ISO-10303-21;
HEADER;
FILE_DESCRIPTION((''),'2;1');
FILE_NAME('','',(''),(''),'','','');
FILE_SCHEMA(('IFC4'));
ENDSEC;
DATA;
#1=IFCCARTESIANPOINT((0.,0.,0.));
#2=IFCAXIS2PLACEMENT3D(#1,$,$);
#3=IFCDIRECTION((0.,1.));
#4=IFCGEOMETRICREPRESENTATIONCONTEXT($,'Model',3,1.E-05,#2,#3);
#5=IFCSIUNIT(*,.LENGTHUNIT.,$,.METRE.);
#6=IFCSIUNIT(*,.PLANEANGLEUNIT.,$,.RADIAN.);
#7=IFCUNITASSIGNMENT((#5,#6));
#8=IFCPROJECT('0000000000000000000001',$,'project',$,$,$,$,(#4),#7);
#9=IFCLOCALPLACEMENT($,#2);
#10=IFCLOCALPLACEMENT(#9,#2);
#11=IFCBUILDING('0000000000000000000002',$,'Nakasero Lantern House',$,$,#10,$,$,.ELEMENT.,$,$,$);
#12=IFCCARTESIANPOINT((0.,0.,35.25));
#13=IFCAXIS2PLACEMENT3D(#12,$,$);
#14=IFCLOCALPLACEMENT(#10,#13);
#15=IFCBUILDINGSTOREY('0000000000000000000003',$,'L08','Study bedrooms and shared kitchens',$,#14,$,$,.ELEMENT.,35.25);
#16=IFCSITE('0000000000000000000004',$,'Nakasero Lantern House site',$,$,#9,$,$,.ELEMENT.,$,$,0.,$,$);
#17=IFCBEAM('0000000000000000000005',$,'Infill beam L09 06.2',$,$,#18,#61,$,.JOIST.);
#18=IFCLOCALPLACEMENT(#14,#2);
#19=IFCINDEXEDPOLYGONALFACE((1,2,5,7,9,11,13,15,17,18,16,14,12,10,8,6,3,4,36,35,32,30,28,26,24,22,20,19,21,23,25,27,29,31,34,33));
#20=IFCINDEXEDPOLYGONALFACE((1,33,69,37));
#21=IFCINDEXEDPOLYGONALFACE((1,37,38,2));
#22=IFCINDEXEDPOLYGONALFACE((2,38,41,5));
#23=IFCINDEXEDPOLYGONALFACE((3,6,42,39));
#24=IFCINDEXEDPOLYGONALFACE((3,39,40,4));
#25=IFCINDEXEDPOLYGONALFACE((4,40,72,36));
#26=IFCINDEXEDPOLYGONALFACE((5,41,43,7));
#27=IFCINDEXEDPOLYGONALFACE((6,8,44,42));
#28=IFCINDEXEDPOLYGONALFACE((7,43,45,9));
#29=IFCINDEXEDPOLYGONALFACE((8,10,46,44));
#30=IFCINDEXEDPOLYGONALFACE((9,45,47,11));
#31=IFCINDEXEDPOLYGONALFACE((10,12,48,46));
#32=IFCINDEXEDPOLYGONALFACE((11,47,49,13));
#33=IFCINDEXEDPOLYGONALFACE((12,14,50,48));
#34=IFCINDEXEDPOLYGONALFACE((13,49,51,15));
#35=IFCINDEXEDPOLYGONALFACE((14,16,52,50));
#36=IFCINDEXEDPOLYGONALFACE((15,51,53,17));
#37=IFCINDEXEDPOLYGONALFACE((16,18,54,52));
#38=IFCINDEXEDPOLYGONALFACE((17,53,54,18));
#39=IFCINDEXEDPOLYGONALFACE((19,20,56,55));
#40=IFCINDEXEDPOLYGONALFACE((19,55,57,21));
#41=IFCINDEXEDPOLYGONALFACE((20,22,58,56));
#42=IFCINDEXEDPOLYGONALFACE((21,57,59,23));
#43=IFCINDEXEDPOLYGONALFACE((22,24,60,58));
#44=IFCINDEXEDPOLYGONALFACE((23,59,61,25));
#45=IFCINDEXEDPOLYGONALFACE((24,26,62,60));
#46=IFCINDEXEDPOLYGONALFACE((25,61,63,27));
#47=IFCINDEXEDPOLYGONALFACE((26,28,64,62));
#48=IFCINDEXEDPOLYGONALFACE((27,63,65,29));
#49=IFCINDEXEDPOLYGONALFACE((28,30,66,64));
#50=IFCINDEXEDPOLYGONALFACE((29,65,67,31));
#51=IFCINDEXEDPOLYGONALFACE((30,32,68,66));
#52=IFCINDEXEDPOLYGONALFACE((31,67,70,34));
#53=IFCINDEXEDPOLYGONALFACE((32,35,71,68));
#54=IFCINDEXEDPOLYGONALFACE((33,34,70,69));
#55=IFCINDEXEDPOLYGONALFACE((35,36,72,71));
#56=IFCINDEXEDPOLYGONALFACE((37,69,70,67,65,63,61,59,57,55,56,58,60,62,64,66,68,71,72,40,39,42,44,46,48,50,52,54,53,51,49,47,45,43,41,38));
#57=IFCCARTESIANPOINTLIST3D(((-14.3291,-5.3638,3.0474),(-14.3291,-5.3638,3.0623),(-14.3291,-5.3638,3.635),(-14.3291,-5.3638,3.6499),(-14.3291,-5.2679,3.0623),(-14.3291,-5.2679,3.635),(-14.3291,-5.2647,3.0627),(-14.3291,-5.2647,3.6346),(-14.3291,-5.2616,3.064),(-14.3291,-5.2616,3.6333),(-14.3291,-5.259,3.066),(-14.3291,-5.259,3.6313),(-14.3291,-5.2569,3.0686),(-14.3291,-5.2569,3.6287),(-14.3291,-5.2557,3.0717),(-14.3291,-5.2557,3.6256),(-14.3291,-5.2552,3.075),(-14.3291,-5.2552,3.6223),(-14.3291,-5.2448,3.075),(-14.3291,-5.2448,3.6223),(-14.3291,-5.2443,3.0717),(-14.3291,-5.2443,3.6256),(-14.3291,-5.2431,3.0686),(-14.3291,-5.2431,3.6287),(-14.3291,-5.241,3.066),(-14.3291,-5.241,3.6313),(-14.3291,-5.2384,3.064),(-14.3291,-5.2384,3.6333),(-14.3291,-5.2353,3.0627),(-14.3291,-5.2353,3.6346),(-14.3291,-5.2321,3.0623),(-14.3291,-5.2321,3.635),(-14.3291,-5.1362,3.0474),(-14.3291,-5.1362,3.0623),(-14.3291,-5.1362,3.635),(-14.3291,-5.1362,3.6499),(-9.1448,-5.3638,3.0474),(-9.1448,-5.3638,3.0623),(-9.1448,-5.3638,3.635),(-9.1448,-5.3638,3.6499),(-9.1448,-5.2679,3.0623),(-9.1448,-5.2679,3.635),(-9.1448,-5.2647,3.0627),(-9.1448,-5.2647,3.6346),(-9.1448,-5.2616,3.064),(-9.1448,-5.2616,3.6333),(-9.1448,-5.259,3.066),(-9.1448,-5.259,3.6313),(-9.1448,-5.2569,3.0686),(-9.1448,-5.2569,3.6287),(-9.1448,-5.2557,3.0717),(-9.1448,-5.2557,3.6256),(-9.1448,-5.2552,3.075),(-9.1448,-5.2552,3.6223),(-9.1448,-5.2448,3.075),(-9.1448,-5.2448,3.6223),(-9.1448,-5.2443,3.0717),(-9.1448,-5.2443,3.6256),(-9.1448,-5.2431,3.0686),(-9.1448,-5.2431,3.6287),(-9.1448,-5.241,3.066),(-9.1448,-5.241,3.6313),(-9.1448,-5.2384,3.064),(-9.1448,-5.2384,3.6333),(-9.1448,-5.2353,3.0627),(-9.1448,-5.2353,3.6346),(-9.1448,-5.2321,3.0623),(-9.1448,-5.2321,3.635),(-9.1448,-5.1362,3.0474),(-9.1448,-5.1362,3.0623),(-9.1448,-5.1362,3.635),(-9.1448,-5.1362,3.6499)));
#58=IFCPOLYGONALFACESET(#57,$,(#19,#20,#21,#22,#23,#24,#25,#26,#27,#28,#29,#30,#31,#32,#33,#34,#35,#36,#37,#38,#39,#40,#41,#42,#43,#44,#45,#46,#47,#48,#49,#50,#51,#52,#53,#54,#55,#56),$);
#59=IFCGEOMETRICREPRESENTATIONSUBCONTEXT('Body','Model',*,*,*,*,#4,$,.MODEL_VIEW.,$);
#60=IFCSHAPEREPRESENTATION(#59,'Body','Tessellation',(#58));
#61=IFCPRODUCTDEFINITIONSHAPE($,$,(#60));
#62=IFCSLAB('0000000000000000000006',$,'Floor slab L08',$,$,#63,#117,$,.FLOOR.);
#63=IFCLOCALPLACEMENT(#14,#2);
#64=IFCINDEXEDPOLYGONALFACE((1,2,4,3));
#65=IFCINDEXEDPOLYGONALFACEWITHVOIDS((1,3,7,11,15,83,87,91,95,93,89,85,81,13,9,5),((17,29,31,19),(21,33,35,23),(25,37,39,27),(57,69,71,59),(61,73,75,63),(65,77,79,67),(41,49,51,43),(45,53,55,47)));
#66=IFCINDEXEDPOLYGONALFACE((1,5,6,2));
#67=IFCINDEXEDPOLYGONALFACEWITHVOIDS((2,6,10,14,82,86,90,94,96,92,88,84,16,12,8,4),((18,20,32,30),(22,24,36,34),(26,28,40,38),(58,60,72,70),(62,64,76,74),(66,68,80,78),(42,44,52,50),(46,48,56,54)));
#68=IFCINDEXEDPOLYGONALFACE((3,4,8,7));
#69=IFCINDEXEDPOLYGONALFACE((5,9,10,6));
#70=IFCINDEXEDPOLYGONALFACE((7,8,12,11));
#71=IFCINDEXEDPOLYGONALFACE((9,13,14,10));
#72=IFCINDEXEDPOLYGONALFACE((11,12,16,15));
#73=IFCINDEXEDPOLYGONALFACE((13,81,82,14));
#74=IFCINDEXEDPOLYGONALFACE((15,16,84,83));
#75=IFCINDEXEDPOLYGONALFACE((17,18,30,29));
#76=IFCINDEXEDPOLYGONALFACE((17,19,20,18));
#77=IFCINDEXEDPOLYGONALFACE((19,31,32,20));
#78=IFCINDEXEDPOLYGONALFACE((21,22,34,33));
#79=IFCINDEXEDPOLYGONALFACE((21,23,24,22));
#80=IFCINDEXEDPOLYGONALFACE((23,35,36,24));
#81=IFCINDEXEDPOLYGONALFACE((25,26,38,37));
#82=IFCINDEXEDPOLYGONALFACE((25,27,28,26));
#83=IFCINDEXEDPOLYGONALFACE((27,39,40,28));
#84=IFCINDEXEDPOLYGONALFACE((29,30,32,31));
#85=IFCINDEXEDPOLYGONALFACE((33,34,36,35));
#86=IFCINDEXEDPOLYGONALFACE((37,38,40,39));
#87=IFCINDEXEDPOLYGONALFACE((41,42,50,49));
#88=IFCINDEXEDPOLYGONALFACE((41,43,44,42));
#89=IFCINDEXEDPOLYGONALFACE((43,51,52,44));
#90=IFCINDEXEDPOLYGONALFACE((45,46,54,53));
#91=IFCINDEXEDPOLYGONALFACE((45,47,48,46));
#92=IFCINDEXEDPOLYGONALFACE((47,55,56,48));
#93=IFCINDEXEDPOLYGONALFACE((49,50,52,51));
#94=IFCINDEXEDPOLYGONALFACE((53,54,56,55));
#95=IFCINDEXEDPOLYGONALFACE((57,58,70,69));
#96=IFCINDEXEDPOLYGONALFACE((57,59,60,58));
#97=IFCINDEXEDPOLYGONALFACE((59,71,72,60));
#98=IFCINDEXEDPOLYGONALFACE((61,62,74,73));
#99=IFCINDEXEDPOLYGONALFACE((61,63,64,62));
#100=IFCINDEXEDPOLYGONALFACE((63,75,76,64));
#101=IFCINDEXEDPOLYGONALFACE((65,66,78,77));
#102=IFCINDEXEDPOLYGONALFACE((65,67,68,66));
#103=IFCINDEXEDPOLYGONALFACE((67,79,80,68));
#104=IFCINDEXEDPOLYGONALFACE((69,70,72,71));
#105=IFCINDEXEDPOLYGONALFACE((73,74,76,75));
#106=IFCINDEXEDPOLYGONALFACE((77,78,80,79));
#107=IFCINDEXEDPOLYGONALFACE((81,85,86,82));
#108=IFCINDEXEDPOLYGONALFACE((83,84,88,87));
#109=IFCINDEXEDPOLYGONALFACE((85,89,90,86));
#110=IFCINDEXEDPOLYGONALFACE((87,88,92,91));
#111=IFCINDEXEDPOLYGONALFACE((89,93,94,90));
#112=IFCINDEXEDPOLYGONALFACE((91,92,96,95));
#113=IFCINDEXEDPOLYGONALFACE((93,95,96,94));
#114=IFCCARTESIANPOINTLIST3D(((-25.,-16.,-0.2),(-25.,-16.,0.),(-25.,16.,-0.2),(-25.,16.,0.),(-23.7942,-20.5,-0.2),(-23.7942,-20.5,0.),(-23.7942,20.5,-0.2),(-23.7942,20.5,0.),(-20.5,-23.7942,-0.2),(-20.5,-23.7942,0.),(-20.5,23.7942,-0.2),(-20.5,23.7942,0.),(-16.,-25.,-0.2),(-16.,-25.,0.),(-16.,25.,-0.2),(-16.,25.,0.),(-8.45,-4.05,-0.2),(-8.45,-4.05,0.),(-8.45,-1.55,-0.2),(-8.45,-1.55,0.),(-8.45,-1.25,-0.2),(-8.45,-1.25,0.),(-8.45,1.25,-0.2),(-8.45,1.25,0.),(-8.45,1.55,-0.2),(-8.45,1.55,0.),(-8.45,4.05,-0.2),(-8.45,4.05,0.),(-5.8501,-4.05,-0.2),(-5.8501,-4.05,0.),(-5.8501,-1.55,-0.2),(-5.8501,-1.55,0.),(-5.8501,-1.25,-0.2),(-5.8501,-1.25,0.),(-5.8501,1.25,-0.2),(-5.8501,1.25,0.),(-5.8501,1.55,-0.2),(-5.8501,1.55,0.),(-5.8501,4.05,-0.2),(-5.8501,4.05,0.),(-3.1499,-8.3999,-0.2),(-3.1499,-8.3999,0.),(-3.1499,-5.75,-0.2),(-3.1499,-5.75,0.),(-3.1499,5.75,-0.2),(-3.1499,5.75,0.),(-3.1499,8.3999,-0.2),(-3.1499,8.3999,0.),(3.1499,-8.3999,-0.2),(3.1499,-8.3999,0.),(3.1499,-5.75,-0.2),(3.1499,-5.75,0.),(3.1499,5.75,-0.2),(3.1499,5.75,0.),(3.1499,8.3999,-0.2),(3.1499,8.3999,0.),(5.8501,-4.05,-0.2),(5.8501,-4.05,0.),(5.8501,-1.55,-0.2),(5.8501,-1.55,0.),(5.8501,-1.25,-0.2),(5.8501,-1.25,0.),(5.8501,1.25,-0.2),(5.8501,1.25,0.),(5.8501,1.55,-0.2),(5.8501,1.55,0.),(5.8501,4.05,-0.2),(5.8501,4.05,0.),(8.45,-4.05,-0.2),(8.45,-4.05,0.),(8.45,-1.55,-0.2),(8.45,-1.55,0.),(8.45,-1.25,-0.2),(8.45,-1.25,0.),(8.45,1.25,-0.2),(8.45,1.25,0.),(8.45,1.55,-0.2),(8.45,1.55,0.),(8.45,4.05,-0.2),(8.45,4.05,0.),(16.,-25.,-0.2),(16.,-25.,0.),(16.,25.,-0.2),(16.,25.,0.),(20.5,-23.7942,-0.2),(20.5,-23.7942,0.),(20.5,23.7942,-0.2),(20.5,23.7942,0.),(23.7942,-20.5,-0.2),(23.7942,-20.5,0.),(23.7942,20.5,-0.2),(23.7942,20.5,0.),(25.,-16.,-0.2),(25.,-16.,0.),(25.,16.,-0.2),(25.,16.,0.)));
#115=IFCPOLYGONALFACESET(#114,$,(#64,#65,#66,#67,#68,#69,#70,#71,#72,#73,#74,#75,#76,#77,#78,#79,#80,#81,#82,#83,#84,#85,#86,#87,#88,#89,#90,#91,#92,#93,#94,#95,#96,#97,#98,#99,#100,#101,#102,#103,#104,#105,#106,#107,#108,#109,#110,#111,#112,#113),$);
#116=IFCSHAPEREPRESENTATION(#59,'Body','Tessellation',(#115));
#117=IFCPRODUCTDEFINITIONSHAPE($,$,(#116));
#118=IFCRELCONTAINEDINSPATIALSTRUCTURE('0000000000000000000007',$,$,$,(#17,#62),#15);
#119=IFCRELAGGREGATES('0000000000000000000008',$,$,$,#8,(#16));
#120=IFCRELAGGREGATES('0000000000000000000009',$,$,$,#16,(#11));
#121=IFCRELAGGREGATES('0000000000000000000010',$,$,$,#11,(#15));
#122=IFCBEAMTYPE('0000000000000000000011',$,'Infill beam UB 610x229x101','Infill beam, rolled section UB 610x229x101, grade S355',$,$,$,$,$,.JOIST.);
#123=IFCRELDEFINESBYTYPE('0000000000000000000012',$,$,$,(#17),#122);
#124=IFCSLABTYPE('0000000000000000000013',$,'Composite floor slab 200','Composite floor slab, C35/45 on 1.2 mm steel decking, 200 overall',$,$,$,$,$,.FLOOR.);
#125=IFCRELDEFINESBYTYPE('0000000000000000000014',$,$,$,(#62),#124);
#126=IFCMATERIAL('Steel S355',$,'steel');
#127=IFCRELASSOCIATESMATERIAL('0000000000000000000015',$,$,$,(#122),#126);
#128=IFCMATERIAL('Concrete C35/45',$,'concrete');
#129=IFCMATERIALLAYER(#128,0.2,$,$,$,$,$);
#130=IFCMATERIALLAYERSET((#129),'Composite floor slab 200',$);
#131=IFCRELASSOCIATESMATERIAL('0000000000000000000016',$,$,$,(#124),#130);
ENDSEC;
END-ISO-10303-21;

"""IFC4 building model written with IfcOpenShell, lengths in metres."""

from ifc_helpers import new_model, si_unit, direction, frame, origin, origin_2d, place, context, subcontext, project, spatial, polyline, i_section, outline, extrude, material, layer, layer_set, material_profile, profile_set, type_object, element, save


model = new_model("IFC4")

# Units and contexts
model_context = context("Model", 3, precision=1e-05, world=origin(), true_north=direction((0.0, 1.0)))
body_context = subcontext(model_context, "Body", "Model", "MODEL_VIEW")
ifc_project = project(units=[si_unit("LENGTHUNIT", "METRE"), si_unit("PLANEANGLEUNIT", "RADIAN")], contexts=[model_context])

# Site, building, storey
site_placement = place(None, origin())
site = spatial("IfcSite", under=ifc_project, at=site_placement, Name="Nakasero Lantern House site", CompositionType="ELEMENT", RefElevation=0.0)
building_placement = place(site_placement, origin())
building = spatial("IfcBuilding", under=site, at=building_placement, Name="Nakasero Lantern House", CompositionType="ELEMENT")
storey_placement = place(building_placement, frame((0.0, 0.0, 35.25)))
storey = spatial("IfcBuildingStorey", under=building, at=storey_placement, Name="L08", Description="Study bedrooms and shared kitchens", CompositionType="ELEMENT", Elevation=35.25)

# Beam
ifc_material_1 = material(Name="Steel S355", Category="steel")
ifc_material_profile_1 = material_profile(ifc_material_1, i_section(OverallWidth=0.2275, OverallDepth=0.6025, WebThickness=0.0105, FlangeThickness=0.0149, FilletRadius=0.0127, at=origin_2d()), Name="UB 610x229x101")
ifc_profile_set_1 = profile_set([ifc_material_profile_1], Name="Steel S355")
beam_type_1 = type_object("IfcBeamType", Name="Infill beam UB 610x229x101", Description="Infill beam, rolled section UB 610x229x101, grade S355", PredefinedType="JOIST", material=ifc_profile_set_1)
beam_1_placement = place(storey_placement, frame((-14.3291, -5.25, 3.3486), z_axis=(1.0, 0.0, 0.0), x_axis=(0.0, 1.0, 0.0)))
element("IfcBeam", 1, at=beam_1_placement, inside=storey, type_object=beam_type_1, Name="Infill beam L09 06.2", PredefinedType="JOIST", context=body_context, shape_type="SweptSolid", body=[
    extrude(i_section(OverallWidth=0.2275, OverallDepth=0.6025, WebThickness=0.0105, FlangeThickness=0.0149, FilletRadius=0.0127, at=origin_2d()), origin(), (0.0, 0.0, 1.0), 5.1843),
])

# Slab
ifc_material_2 = material(Name="Concrete C35/45", Category="concrete")
ifc_layer_1 = layer(ifc_material_2, 0.2)
ifc_layer_set_1 = layer_set([ifc_layer_1], Name="Composite floor slab 200")
slab_type = type_object("IfcSlabType", Name="Composite floor slab 200", Description="Composite floor slab, C35/45 on 1.2 mm steel decking, 200 overall", PredefinedType="FLOOR", material=ifc_layer_set_1)
slab_placement = place(storey_placement, frame((0.0, 0.0, -0.2)))
element("IfcSlab", 2, at=slab_placement, inside=storey, type_object=slab_type, Name="Floor slab L08", PredefinedType="FLOOR", context=body_context, shape_type="SweptSolid", body=[
    extrude(outline(polyline([(25.0, 16.0), (23.7942, 20.5), (20.5, 23.7942), (16.0, 25.0), (-16.0, 25.0), (-20.5, 23.7942), (-23.7942, 20.5), (-25.0, 16.0), (-25.0, -16.0), (-23.7942, -20.5), (-20.5, -23.7942), (-16.0, -25.0), (16.0, -25.0), (20.5, -23.7942), (23.7942, -20.5), (25.0, -16.0), (25.0, 16.0)]), holes=[polyline([(-8.45, -4.05), (-5.8501, -4.05), (-5.8501, -1.55), (-8.45, -1.55), (-8.45, -4.05)]), polyline([(-8.45, -1.25), (-5.8501, -1.25), (-5.8501, 1.25), (-8.45, 1.25), (-8.45, -1.25)]), polyline([(-8.45, 1.55), (-5.8501, 1.55), (-5.8501, 4.05), (-8.45, 4.05), (-8.45, 1.55)]), polyline([(5.8501, -4.05), (8.45, -4.05), (8.45, -1.55), (5.8501, -1.55), (5.8501, -4.05)]), polyline([(5.8501, -1.25), (8.45, -1.25), (8.45, 1.25), (5.8501, 1.25), (5.8501, -1.25)]), polyline([(5.8501, 1.55), (8.45, 1.55), (8.45, 4.05), (5.8501, 4.05), (5.8501, 1.55)]), polyline([(-3.1499, 5.75), (3.1499, 5.75), (3.1499, 8.3999), (-3.1499, 8.3999), (-3.1499, 5.75)]), polyline([(-3.1499, -8.3999), (3.1499, -8.3999), (3.1499, -5.75), (-3.1499, -5.75), (-3.1499, -8.3999)])]), origin(), (0.0, 0.0, 1.0), 0.2),
])

save(model, "model.ifc")
